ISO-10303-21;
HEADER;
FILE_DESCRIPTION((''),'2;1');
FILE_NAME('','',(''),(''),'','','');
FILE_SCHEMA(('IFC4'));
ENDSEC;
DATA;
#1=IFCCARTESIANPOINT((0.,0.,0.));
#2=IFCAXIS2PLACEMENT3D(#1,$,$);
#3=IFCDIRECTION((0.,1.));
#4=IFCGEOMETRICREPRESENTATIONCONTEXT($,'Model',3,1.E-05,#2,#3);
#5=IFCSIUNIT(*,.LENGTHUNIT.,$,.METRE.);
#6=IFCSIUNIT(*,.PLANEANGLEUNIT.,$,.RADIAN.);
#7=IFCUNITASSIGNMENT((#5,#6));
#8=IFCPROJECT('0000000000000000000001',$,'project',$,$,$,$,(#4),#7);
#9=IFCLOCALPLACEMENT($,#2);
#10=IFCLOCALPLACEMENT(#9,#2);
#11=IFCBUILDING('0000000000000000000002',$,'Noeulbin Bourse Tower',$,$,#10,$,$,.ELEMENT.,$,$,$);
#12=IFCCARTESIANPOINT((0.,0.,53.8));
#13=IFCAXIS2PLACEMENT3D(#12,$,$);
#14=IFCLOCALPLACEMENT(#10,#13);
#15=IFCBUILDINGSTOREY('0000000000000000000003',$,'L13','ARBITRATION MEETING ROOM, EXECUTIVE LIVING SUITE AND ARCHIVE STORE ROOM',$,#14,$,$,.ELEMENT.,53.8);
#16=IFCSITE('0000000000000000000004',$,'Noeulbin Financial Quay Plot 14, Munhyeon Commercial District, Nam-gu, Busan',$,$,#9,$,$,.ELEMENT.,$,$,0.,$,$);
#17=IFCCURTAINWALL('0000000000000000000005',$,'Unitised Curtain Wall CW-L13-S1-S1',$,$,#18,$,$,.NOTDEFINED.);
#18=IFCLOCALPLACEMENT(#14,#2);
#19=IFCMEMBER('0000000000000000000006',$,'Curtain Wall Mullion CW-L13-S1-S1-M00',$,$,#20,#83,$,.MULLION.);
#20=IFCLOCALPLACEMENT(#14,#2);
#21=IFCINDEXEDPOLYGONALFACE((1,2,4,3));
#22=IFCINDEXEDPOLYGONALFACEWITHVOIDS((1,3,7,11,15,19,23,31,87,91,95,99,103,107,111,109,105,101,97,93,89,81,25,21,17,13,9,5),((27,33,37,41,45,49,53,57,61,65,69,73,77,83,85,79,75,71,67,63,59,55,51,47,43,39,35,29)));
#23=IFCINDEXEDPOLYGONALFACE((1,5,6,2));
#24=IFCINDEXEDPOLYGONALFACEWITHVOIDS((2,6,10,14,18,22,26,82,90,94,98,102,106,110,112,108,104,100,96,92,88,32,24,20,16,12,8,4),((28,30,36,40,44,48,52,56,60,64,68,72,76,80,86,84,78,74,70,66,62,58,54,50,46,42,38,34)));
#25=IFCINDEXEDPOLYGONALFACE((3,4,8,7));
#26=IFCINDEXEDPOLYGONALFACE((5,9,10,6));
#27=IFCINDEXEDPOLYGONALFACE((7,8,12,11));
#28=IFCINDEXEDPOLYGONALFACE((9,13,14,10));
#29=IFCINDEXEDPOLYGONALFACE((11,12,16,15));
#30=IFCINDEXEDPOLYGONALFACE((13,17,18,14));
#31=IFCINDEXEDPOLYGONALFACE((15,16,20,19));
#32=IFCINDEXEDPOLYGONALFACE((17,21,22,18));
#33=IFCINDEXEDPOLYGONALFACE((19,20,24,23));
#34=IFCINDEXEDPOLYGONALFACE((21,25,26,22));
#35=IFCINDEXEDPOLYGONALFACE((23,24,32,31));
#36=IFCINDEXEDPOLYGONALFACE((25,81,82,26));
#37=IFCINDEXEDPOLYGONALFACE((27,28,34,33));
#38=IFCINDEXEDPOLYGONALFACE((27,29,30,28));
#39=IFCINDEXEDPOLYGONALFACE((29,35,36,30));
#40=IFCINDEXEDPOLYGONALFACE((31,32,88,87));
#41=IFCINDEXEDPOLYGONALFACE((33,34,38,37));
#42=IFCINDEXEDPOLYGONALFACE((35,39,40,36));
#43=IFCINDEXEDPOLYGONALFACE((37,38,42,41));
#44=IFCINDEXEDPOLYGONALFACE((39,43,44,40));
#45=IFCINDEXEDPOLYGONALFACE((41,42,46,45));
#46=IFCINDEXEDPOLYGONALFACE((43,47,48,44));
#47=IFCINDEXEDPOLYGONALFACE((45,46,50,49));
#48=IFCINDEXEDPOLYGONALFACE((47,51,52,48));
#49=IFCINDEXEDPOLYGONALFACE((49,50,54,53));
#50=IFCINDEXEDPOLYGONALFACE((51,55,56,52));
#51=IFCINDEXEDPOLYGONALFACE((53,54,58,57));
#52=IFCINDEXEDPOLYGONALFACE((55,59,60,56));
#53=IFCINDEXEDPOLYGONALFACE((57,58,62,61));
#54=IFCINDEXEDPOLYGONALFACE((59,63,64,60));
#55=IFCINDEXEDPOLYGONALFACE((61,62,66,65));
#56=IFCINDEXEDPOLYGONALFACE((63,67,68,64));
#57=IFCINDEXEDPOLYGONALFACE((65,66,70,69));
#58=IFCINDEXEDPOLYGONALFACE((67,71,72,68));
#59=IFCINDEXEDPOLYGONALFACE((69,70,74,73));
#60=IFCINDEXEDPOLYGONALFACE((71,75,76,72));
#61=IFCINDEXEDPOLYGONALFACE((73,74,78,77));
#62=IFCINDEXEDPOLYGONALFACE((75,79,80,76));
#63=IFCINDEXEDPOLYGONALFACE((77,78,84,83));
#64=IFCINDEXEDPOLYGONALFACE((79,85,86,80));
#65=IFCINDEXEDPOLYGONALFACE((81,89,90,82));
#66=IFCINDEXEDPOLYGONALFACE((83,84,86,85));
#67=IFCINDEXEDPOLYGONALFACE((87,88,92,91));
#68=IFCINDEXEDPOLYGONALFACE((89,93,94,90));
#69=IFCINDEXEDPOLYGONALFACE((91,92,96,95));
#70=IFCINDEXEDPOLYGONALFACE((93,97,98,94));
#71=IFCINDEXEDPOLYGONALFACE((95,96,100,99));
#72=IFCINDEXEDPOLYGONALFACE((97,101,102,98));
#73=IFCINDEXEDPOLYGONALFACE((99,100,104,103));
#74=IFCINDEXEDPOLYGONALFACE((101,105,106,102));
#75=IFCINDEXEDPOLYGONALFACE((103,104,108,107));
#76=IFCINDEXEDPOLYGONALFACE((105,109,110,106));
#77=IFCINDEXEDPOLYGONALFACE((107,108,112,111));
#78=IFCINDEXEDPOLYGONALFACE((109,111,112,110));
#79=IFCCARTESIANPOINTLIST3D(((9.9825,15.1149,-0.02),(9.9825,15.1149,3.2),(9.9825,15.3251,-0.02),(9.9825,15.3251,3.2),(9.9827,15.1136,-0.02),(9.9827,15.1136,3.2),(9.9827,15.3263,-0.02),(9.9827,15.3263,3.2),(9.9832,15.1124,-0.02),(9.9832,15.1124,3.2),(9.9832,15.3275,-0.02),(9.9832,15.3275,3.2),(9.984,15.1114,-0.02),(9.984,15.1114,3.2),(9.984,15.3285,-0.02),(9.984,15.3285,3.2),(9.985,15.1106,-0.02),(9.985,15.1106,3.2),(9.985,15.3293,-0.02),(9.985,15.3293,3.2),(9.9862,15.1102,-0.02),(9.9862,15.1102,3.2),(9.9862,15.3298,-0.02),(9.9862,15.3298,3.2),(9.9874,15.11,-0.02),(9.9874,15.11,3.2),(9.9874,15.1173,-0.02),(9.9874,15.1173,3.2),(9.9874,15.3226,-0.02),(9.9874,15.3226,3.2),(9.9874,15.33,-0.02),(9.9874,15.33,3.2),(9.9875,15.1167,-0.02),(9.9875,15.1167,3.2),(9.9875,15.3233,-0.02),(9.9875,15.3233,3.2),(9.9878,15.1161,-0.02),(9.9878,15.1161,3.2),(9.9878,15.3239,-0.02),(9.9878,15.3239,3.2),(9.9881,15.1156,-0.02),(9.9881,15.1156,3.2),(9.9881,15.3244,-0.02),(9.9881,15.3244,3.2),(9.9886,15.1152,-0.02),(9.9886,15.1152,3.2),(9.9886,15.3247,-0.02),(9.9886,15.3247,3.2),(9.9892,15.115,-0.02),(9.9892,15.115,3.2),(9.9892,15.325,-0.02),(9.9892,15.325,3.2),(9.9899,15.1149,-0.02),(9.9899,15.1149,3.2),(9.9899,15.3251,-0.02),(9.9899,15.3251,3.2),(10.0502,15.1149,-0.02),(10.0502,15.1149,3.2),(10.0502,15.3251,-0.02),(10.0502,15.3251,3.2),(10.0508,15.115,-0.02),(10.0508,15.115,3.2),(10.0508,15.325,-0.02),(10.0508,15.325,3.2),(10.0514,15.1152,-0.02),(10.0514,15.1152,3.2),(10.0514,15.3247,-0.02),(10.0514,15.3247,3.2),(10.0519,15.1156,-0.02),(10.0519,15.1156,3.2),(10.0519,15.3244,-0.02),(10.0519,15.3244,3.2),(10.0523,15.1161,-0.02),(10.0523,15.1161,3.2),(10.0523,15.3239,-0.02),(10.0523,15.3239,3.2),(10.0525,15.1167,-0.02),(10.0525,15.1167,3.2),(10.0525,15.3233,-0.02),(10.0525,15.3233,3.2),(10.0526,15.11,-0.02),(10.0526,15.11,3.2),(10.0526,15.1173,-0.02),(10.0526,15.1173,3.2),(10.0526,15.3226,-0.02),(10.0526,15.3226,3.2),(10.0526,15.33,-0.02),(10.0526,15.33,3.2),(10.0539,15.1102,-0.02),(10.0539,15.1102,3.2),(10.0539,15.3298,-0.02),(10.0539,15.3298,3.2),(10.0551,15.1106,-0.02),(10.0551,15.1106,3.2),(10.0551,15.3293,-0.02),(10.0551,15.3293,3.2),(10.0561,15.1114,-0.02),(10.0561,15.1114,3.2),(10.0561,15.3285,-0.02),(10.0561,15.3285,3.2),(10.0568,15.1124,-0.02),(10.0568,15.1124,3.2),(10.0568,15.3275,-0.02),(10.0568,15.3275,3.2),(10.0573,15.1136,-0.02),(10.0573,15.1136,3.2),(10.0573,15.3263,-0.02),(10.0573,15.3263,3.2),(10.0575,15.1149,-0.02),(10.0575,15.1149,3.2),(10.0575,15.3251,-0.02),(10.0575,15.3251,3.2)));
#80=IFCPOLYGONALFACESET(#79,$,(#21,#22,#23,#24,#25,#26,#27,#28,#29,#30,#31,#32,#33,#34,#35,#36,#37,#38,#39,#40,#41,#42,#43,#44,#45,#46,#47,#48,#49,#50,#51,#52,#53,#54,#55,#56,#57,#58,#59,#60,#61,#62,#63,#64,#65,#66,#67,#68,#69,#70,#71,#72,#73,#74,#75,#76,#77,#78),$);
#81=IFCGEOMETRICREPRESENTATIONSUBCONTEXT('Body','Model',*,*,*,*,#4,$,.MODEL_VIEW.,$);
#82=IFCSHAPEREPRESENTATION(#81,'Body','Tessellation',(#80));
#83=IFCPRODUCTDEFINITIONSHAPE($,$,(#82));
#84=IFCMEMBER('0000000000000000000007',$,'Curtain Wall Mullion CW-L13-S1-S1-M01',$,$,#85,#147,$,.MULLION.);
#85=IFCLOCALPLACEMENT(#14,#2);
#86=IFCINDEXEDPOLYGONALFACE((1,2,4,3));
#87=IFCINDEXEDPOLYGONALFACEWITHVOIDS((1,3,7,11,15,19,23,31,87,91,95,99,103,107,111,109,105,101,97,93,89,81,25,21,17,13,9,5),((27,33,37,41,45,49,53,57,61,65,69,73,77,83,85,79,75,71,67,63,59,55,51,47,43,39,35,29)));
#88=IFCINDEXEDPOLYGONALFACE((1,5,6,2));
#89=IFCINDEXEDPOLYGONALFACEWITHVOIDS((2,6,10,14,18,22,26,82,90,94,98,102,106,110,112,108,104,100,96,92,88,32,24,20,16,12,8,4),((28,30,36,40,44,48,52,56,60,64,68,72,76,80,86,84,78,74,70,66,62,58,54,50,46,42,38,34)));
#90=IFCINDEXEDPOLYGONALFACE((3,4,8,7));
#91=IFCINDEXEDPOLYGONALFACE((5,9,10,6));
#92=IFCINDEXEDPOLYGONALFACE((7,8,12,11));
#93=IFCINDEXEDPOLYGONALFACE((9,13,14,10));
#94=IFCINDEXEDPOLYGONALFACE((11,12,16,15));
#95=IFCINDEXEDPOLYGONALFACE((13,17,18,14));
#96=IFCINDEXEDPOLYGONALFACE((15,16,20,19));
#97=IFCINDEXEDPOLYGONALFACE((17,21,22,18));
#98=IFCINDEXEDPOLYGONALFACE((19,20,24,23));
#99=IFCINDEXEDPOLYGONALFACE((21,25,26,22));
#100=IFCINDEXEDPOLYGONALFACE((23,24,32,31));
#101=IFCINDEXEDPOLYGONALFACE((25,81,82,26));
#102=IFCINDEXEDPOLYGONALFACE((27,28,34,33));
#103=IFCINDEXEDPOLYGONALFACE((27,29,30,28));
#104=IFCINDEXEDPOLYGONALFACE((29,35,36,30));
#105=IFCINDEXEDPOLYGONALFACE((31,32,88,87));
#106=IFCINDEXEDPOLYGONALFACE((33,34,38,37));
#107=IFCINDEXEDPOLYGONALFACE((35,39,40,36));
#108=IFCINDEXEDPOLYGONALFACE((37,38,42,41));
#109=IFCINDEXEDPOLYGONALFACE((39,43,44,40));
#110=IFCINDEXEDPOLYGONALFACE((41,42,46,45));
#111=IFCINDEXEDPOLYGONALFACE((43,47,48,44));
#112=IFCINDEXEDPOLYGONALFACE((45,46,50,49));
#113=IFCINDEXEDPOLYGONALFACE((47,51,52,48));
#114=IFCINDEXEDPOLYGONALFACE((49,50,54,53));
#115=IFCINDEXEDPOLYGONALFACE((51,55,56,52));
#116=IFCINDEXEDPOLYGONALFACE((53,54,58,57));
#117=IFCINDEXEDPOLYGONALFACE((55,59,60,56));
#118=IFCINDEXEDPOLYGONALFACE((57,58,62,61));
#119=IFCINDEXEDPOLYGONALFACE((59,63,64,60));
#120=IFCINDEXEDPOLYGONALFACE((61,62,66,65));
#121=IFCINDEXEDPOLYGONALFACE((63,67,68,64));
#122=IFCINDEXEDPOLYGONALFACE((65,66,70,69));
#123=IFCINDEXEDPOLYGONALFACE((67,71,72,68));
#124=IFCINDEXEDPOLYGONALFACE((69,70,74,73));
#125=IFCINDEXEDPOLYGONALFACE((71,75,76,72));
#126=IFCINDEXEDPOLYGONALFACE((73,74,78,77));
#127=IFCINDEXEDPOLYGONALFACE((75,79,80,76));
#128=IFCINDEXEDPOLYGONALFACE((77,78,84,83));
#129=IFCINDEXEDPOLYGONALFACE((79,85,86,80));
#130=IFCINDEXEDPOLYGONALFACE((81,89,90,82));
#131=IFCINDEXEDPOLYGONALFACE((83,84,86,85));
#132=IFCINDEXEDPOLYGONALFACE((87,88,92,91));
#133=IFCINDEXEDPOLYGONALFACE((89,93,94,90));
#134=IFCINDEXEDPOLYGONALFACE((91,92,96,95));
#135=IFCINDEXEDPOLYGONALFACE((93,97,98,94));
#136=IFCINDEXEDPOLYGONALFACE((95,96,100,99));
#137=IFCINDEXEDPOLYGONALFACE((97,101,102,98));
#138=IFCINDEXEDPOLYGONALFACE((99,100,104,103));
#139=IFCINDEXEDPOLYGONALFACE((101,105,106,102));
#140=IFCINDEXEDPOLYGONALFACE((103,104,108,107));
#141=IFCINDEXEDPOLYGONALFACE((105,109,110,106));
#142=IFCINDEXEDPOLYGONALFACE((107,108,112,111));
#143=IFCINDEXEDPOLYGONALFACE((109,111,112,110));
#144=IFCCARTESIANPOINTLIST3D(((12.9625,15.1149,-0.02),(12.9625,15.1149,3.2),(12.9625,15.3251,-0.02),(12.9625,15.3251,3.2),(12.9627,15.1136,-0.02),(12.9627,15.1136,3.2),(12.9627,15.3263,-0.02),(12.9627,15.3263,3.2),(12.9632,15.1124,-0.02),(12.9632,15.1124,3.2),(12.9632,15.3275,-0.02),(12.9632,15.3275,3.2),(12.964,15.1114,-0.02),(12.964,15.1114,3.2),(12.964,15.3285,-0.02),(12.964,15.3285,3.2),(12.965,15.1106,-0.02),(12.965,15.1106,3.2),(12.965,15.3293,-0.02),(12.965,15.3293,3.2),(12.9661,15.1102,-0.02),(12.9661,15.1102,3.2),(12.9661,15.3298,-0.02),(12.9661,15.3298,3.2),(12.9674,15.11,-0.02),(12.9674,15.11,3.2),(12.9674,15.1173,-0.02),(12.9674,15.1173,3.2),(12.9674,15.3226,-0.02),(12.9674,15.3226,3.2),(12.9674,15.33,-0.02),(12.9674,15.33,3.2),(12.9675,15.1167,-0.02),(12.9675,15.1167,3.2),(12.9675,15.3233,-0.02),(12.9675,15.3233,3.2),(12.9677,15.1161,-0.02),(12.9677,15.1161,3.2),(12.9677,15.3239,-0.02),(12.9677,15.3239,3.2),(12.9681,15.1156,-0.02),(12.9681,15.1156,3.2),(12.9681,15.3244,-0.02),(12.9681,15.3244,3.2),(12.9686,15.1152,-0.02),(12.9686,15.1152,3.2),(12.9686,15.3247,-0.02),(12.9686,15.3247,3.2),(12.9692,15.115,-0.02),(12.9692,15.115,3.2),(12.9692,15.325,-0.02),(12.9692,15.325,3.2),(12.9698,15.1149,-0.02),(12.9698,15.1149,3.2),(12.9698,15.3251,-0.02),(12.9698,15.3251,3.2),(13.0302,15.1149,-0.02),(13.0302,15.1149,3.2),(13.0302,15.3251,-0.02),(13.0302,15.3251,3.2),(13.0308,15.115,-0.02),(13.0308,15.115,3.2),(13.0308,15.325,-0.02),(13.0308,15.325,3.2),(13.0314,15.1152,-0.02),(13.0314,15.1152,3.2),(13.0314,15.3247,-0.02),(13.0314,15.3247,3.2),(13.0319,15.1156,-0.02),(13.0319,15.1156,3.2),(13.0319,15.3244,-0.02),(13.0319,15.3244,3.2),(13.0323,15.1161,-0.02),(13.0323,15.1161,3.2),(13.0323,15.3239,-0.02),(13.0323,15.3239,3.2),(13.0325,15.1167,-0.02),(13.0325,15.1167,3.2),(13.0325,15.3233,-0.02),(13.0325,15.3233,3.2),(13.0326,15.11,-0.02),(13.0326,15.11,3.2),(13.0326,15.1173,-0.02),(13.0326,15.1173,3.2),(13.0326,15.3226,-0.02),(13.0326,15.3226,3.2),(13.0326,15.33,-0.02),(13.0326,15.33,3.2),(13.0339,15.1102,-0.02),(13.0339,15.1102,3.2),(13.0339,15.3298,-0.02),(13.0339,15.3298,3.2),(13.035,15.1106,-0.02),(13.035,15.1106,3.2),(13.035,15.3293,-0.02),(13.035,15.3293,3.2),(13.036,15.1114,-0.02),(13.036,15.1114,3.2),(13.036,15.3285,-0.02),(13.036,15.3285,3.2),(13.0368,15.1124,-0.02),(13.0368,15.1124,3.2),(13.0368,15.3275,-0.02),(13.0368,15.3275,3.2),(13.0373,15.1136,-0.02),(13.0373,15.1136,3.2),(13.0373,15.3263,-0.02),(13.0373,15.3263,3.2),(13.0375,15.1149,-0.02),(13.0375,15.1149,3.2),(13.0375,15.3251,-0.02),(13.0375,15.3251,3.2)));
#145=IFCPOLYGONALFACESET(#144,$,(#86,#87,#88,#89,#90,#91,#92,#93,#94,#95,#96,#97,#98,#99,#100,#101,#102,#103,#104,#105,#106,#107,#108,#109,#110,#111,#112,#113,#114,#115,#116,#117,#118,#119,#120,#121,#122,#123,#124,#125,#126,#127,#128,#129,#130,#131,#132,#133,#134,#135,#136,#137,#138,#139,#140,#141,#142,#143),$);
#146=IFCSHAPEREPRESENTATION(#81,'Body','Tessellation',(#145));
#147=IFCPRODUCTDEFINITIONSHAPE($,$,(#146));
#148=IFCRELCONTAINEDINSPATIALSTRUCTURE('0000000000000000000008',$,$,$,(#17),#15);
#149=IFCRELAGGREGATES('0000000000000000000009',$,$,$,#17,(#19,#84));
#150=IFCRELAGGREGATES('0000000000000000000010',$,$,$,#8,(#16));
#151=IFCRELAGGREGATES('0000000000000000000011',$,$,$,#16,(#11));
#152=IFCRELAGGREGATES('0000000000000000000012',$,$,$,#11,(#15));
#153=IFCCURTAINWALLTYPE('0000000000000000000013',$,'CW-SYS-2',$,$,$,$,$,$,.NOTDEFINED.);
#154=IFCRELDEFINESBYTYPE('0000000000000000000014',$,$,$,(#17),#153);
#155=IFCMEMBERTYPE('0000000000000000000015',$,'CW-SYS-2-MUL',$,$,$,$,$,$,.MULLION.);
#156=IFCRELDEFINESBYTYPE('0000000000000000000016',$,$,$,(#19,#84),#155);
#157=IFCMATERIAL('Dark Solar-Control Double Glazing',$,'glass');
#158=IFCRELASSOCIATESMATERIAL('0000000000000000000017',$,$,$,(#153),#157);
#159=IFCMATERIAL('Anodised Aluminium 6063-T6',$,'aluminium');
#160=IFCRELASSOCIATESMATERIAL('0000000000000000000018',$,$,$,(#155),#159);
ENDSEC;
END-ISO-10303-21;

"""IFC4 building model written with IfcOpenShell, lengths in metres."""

from ifc_helpers import new_model, si_unit, direction, frame, origin, origin_2d, place, context, subcontext, project, spatial, hollow_rectangle, extrude, material, material_profile, profile_set, type_object, element, aggregate, save


model = new_model("IFC4")

# Units and contexts
model_context = context("Model", 3, precision=1e-05, world=origin(), true_north=direction((0.0, 1.0)))
body_context = subcontext(model_context, "Body", "Model", "MODEL_VIEW")
ifc_project = project(units=[si_unit("LENGTHUNIT", "METRE"), si_unit("PLANEANGLEUNIT", "RADIAN")], contexts=[model_context])

# Site, building, storey
site_placement = place(None, origin())
site = spatial("IfcSite", under=ifc_project, at=site_placement, Name="Noeulbin Financial Quay Plot 14, Munhyeon Commercial District, Nam-gu, Busan", CompositionType="ELEMENT", RefElevation=0.0)
building_placement = place(site_placement, origin())
building = spatial("IfcBuilding", under=site, at=building_placement, Name="Noeulbin Bourse Tower", CompositionType="ELEMENT")
storey_placement = place(building_placement, frame((0.0, 0.0, 53.8)))
storey = spatial("IfcBuildingStorey", under=building, at=storey_placement, Name="L13", Description="ARBITRATION MEETING ROOM, EXECUTIVE LIVING SUITE AND ARCHIVE STORE ROOM", CompositionType="ELEMENT", Elevation=53.8)

# Curtain wall, members
ifc_material_1 = material(Name="Dark Solar-Control Double Glazing", Category="glass")
curtain_wall_type = type_object("IfcCurtainWallType", Name="CW-SYS-2", PredefinedType="NOTDEFINED", material=ifc_material_1)
curtain_wall_1_placement = place(storey_placement, origin())
curtain_wall_1 = element("IfcCurtainWall", 1, at=curtain_wall_1_placement, inside=storey, type_object=curtain_wall_type, Name="Unitised Curtain Wall CW-L13-S1-S1", PredefinedType="NOTDEFINED")
ifc_material_2 = material(Name="Anodised Aluminium 6063-T6", Category="aluminium")
ifc_material_profile_1 = material_profile(ifc_material_2, hollow_rectangle(XDim=0.075, YDim=0.22, WallThickness=0.0049, InnerFilletRadius=0.0024, OuterFilletRadius=0.0049, at=origin_2d()), Name="ALU-MULL-75x220x5", Category="LoadBearing")
ifc_profile_set_1 = profile_set([ifc_material_profile_1], Name="Anodised Aluminium 6063-T6")
member_type_1 = type_object("IfcMemberType", Name="CW-SYS-2-MUL", PredefinedType="MULLION", material=ifc_profile_set_1)
member_1_placement = place(storey_placement, frame((10.02, 15.22, -0.02), z_axis=(0.0, 0.0, 1.0), x_axis=(1.0, 0.0, 0.0)))
member_1 = element("IfcMember", 2, at=member_1_placement, type_object=member_type_1, Name="Curtain Wall Mullion CW-L13-S1-S1-M00", PredefinedType="MULLION", context=body_context, shape_type="SweptSolid", body=[
    extrude(hollow_rectangle(XDim=0.075, YDim=0.22, WallThickness=0.0049, InnerFilletRadius=0.0024, OuterFilletRadius=0.0049, at=origin_2d()), origin(), (0.0, 0.0, 1.0), 3.22),
])
member_2_placement = place(storey_placement, frame((13.0, 15.22, -0.02), z_axis=(0.0, 0.0, 1.0), x_axis=(1.0, 0.0, 0.0)))
member_2 = element("IfcMember", 3, at=member_2_placement, type_object=member_type_1, Name="Curtain Wall Mullion CW-L13-S1-S1-M01", PredefinedType="MULLION", context=body_context, shape_type="SweptSolid", body=[
    extrude(hollow_rectangle(XDim=0.075, YDim=0.22, WallThickness=0.0049, InnerFilletRadius=0.0024, OuterFilletRadius=0.0049, at=origin_2d()), origin(), (0.0, 0.0, 1.0), 3.22),
])

aggregate(curtain_wall_1, [member_1, member_2])

save(model, "model.ifc")
